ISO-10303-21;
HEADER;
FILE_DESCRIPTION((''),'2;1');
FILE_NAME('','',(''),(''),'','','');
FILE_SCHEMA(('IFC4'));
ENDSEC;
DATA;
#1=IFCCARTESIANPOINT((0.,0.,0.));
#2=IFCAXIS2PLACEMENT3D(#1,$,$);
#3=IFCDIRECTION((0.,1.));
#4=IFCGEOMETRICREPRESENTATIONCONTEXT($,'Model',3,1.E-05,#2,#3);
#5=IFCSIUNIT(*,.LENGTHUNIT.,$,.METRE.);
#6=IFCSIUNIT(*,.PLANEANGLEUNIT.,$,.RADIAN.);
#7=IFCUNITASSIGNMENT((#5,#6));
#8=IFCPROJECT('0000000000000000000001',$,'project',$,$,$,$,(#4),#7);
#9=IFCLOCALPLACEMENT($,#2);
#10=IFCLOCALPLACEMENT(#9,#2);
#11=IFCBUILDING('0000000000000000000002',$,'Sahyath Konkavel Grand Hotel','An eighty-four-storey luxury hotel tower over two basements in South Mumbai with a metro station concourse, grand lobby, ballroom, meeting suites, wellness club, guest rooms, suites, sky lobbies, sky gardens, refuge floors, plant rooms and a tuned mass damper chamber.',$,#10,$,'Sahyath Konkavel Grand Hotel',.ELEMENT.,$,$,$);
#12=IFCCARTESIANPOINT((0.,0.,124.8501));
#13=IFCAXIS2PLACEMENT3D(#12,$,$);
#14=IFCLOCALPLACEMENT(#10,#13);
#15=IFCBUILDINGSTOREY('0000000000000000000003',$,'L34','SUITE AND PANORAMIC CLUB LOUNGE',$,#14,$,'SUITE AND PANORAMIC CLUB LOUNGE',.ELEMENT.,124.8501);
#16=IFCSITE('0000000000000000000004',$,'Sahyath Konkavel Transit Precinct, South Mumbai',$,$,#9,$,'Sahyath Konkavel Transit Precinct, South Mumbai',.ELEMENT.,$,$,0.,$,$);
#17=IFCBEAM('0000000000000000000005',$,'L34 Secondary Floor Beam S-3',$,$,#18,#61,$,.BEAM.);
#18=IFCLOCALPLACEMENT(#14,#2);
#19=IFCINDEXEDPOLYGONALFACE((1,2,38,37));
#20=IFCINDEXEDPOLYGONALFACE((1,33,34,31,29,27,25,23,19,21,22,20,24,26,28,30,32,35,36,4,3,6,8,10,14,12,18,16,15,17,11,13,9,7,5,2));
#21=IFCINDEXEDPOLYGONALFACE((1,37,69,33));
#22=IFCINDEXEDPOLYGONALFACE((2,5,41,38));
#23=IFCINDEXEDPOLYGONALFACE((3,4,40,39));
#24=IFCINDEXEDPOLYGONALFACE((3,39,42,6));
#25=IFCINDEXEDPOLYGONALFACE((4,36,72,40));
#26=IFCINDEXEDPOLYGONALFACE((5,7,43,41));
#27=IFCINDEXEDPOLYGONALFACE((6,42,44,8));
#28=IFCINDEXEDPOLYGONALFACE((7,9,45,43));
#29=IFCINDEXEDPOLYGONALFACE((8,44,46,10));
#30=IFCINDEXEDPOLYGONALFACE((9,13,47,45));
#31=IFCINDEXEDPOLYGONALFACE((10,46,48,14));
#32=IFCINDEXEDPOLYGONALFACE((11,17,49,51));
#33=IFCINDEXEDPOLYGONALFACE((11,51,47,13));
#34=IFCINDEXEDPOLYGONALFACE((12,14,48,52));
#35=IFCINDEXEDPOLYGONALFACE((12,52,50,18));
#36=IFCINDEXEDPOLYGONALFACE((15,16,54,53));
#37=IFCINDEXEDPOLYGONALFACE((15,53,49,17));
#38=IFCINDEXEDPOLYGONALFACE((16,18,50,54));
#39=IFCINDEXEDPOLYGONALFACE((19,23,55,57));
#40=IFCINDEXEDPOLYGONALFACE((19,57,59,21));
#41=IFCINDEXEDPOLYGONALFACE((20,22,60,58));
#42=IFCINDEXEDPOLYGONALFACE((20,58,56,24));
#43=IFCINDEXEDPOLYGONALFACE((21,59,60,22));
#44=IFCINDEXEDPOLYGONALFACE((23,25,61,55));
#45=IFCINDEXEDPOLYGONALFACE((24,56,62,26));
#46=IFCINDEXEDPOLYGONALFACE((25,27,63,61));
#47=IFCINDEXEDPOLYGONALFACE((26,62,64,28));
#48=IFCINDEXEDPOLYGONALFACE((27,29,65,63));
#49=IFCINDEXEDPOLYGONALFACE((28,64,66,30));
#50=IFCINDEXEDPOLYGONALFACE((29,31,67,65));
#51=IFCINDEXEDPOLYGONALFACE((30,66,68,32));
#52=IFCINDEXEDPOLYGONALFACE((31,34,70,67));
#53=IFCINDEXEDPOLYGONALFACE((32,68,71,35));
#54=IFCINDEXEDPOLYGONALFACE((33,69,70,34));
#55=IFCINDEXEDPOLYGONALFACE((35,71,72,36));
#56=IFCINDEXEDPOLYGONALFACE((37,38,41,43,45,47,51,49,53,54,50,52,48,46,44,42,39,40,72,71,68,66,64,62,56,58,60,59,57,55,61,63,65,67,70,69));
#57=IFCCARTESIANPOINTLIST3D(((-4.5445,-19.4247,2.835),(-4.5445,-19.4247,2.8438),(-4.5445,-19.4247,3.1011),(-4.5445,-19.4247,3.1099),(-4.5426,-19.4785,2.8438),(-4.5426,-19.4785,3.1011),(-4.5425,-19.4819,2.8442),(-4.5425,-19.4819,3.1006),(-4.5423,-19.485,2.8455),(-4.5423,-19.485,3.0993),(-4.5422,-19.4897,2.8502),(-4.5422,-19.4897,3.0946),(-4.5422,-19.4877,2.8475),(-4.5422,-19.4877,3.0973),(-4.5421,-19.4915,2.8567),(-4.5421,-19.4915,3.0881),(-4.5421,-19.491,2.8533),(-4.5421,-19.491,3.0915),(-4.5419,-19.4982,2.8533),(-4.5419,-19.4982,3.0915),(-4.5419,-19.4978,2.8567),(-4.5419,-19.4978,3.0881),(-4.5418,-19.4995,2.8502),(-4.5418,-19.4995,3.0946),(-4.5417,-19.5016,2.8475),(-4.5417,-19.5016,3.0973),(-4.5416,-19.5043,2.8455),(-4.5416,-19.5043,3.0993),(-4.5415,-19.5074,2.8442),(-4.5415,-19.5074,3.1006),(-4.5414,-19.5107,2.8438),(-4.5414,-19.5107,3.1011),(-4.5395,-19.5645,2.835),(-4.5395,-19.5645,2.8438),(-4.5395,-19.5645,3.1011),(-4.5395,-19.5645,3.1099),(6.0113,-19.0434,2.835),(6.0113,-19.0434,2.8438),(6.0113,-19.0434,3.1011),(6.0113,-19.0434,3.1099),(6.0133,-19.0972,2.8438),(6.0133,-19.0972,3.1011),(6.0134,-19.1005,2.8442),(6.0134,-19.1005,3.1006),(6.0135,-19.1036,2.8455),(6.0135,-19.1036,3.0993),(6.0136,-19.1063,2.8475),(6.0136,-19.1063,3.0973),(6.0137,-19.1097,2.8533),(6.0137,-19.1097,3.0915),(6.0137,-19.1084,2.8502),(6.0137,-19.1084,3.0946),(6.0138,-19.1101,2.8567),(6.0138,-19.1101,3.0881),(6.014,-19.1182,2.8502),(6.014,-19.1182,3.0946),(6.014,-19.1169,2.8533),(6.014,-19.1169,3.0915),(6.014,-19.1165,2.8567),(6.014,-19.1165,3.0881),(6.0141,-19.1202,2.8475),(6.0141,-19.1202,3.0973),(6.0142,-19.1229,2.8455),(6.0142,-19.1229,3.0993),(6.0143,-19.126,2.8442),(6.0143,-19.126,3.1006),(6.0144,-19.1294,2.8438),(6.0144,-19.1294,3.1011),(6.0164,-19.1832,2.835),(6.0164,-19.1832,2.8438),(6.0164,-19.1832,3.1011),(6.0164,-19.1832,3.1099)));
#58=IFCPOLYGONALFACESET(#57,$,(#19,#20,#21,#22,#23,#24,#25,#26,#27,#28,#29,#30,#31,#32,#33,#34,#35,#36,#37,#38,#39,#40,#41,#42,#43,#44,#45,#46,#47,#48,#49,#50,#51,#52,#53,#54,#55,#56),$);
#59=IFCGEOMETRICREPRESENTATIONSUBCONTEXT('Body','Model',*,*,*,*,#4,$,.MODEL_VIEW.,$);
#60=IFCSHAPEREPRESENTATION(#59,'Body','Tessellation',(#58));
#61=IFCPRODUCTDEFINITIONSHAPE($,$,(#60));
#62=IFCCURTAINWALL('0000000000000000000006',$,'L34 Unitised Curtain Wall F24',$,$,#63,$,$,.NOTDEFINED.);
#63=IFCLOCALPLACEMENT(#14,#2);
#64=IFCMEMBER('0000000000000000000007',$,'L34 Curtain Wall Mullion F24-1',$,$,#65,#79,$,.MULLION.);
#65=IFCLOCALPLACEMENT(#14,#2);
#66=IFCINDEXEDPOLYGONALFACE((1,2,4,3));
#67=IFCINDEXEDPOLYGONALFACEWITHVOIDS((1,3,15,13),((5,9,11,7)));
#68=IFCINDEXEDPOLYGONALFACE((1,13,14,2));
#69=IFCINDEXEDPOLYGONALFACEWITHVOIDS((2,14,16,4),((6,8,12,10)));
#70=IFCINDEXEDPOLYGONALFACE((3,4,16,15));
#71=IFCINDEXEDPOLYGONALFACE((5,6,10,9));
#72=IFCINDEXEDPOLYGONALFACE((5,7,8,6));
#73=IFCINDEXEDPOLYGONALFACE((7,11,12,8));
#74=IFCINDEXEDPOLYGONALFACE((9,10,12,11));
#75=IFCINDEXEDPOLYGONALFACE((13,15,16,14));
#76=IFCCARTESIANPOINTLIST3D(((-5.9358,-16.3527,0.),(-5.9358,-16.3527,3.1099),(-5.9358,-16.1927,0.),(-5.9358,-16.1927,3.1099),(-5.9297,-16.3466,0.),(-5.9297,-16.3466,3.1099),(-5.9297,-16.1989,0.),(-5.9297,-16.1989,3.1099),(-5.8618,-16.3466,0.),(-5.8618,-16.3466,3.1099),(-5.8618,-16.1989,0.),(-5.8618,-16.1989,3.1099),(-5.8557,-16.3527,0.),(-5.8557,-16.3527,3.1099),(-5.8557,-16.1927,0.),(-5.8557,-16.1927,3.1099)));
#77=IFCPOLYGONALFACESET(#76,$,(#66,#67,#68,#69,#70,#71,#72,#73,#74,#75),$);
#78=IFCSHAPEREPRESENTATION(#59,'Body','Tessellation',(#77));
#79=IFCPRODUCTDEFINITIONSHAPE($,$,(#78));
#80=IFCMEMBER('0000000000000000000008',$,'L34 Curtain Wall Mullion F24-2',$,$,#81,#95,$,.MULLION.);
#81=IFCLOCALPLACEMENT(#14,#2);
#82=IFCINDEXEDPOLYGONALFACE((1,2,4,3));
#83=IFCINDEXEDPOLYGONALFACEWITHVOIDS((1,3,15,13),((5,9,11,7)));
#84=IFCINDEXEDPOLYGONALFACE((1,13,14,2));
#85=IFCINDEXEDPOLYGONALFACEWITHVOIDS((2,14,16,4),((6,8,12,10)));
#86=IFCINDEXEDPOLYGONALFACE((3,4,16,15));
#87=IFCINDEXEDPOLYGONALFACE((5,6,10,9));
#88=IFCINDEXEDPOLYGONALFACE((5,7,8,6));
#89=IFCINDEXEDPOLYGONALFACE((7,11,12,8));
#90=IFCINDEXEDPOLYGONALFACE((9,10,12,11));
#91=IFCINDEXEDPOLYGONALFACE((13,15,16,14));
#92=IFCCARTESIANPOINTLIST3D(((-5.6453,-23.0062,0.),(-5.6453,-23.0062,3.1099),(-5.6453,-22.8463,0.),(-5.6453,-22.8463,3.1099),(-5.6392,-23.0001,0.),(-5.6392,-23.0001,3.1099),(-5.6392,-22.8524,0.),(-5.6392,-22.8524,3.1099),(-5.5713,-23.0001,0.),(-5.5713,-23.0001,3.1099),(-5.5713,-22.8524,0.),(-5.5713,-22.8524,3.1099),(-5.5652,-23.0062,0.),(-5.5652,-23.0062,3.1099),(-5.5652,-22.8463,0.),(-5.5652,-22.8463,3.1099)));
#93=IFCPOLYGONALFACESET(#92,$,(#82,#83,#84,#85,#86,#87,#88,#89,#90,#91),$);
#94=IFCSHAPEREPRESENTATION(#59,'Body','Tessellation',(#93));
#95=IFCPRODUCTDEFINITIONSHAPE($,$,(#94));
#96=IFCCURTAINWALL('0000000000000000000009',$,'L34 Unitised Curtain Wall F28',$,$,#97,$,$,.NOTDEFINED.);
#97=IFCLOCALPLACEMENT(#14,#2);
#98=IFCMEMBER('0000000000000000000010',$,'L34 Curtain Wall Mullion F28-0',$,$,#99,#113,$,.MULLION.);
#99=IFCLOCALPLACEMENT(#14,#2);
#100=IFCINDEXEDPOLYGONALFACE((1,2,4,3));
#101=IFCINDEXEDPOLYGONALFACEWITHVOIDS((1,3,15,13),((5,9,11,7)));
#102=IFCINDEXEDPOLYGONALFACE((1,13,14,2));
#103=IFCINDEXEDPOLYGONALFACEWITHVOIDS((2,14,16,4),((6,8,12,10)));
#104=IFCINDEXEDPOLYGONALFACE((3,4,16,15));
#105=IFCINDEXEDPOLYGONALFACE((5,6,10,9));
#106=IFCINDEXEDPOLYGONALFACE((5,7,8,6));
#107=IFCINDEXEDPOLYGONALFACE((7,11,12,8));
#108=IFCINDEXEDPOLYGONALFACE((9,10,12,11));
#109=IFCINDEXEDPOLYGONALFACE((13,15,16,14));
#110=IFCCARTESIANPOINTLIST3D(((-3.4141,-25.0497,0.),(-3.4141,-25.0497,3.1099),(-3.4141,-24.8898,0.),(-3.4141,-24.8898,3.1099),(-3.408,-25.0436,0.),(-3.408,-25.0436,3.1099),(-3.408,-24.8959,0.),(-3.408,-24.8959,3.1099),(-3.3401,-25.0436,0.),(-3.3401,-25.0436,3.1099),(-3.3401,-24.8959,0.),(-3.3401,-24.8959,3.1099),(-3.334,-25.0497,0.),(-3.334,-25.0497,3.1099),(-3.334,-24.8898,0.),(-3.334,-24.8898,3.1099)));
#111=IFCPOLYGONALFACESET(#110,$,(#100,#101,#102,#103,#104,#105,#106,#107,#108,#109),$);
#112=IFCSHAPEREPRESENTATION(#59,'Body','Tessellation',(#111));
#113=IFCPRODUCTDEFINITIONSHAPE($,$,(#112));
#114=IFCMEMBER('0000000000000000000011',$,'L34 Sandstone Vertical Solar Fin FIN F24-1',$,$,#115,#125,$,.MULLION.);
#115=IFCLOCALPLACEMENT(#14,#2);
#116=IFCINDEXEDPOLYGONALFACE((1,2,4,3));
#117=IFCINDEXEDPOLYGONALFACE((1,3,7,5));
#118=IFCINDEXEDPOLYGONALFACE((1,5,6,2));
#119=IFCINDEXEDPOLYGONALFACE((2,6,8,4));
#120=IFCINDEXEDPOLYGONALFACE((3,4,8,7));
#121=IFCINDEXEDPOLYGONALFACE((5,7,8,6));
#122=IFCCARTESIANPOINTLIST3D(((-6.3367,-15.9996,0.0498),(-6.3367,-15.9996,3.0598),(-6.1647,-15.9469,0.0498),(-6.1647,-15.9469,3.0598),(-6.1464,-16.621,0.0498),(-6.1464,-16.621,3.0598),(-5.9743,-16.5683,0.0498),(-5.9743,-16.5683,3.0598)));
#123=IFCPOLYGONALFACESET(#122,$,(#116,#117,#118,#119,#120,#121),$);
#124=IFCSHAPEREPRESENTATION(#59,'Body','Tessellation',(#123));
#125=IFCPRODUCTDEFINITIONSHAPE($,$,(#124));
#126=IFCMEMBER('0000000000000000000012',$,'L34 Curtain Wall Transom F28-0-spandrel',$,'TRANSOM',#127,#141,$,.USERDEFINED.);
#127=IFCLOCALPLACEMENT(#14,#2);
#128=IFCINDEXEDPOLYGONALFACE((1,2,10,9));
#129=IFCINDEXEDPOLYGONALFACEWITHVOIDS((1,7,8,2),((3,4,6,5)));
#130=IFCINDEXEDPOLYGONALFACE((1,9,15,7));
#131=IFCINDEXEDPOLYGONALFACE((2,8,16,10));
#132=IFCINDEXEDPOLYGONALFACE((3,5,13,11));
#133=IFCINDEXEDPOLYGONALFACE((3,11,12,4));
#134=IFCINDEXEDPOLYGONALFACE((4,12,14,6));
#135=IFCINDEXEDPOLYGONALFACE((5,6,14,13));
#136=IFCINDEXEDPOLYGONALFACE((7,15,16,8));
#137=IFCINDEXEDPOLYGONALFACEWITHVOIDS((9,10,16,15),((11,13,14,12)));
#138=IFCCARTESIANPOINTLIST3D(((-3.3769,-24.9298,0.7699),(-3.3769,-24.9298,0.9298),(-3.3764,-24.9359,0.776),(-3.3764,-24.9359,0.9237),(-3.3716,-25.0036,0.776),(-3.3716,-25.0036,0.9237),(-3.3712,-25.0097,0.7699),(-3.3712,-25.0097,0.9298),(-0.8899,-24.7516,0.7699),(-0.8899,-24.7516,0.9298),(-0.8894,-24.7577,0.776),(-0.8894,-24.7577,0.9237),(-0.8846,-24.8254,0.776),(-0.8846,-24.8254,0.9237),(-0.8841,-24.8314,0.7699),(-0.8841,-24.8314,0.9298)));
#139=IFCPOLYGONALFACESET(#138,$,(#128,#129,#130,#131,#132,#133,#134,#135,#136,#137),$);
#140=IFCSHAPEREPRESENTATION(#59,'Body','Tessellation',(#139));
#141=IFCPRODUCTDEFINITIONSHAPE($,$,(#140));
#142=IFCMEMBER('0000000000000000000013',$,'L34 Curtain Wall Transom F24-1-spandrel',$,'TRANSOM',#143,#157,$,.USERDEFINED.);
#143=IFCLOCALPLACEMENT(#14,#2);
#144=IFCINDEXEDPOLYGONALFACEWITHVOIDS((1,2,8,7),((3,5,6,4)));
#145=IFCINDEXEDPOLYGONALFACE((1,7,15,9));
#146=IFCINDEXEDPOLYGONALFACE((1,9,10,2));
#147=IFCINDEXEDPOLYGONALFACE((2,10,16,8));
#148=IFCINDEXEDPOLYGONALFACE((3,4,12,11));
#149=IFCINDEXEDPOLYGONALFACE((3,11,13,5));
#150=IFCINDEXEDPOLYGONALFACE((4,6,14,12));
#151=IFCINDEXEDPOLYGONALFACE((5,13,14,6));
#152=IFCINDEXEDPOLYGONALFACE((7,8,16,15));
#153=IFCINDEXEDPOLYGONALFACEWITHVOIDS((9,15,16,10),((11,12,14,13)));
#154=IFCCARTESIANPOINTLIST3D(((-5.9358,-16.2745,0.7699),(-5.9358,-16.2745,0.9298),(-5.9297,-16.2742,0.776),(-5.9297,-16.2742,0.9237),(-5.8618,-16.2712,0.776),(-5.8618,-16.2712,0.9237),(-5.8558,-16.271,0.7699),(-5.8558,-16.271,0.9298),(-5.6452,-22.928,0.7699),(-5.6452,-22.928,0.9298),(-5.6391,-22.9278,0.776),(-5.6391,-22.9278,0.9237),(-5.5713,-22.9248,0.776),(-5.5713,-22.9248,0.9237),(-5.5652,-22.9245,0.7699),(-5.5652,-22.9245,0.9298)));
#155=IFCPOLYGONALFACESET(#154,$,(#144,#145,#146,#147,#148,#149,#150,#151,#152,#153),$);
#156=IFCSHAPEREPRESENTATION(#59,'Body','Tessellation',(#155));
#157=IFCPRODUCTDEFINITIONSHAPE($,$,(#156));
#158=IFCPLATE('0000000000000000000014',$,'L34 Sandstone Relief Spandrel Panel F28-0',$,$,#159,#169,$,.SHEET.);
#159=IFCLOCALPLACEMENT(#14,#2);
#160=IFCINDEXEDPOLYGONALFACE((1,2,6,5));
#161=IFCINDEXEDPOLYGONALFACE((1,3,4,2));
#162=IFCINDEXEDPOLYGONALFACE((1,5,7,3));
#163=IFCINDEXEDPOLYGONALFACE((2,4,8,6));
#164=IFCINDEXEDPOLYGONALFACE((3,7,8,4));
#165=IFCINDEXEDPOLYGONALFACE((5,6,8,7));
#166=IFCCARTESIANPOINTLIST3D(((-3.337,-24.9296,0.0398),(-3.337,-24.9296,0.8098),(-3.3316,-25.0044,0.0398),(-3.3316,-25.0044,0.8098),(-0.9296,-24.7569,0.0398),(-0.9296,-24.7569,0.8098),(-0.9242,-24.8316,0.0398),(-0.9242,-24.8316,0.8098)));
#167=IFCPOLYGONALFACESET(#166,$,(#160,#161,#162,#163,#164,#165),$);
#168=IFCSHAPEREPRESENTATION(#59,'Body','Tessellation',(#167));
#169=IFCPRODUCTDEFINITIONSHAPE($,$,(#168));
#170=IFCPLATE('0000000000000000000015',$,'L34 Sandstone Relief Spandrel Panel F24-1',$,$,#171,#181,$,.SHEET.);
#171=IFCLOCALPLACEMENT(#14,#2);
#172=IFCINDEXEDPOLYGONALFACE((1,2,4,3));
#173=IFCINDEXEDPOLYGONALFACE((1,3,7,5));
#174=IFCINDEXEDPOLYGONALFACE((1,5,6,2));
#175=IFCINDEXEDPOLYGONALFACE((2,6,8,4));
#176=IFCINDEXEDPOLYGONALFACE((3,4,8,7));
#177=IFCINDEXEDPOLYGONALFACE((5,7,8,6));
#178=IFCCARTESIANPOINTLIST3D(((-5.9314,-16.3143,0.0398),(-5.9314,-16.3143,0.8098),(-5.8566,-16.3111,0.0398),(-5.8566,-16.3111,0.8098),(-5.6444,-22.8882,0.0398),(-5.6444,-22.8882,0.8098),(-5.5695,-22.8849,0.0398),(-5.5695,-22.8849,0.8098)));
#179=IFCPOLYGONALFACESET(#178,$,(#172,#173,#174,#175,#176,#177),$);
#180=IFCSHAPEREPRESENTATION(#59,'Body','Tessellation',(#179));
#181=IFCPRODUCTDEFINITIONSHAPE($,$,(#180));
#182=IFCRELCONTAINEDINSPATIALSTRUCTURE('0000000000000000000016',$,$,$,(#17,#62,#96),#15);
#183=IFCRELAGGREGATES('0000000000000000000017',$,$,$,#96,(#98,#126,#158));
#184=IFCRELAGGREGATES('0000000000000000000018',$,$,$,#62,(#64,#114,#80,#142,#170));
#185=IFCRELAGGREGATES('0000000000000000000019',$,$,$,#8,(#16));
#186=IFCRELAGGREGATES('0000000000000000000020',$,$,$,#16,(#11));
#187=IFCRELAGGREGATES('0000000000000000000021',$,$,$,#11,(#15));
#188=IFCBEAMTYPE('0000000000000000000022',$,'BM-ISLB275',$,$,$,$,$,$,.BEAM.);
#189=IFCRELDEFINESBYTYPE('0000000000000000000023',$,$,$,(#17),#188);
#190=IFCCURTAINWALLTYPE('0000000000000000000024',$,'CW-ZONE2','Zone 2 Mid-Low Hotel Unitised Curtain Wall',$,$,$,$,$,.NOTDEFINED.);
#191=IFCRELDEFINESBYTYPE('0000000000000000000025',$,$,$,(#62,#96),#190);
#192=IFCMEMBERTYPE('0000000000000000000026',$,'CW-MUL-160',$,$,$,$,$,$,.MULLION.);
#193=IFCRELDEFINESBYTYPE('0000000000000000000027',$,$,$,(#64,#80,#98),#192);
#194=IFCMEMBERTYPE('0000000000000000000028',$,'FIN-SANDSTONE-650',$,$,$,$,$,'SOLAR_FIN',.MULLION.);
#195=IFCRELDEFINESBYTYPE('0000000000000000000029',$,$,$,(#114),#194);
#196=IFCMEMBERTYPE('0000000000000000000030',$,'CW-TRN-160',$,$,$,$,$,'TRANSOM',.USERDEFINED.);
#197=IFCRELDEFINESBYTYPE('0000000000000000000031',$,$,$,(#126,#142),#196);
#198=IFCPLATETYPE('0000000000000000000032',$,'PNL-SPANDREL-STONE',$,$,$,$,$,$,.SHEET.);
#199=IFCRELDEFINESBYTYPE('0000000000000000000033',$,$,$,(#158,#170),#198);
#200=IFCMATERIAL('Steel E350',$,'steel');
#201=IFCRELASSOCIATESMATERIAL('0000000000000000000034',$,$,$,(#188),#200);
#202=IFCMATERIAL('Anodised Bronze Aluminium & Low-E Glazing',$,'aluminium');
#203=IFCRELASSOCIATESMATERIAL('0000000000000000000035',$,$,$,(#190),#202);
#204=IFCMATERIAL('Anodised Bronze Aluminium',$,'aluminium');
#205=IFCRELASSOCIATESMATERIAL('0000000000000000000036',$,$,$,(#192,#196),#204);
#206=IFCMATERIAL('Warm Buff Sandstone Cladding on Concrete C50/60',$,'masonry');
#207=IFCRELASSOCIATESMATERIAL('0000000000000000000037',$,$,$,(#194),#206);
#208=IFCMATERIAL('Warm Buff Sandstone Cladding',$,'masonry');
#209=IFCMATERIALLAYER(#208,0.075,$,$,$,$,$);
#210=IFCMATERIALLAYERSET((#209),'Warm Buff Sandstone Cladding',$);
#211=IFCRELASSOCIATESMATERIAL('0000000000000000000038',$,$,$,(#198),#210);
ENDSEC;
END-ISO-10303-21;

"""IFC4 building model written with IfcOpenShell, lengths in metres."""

from ifc_helpers import new_model, si_unit, direction, frame, origin, origin_2d, place, context, subcontext, project, spatial, rectangle, hollow_rectangle, i_section, extrude, source, transform, mapped, material, layer, layer_set, material_profile, profile_set, type_object, element, aggregate, save


model = new_model("IFC4")

# Units and contexts
model_context = context("Model", 3, precision=1e-05, world=origin(), true_north=direction((0.0, 1.0)))
body_context = subcontext(model_context, "Body", "Model", "MODEL_VIEW")
ifc_project = project(units=[si_unit("LENGTHUNIT", "METRE"), si_unit("PLANEANGLEUNIT", "RADIAN")], contexts=[model_context])

# Site, building, storey
site_placement = place(None, origin())
site = spatial("IfcSite", under=ifc_project, at=site_placement, Name="Sahyath Konkavel Transit Precinct, South Mumbai", LongName="Sahyath Konkavel Transit Precinct, South Mumbai", CompositionType="ELEMENT", RefElevation=0.0)
building_placement = place(site_placement, origin())
building = spatial("IfcBuilding", under=site, at=building_placement, Name="Sahyath Konkavel Grand Hotel", Description="An eighty-four-storey luxury hotel tower over two basements in South Mumbai with a metro station concourse, grand lobby, ballroom, meeting suites, wellness club, guest rooms, suites, sky lobbies, sky gardens, refuge floors, plant rooms and a tuned mass damper chamber.", LongName="Sahyath Konkavel Grand Hotel", CompositionType="ELEMENT")
storey_placement = place(building_placement, frame((0.0, 0.0, 124.8501)))
storey = spatial("IfcBuildingStorey", under=building, at=storey_placement, Name="L34", Description="SUITE AND PANORAMIC CLUB LOUNGE", LongName="SUITE AND PANORAMIC CLUB LOUNGE", CompositionType="ELEMENT", Elevation=124.8501)

# Beam
ifc_material_1 = material(Name="Steel E350", Category="steel")
ifc_material_profile_1 = material_profile(ifc_material_1, i_section(OverallWidth=0.1399, OverallDepth=0.2749, WebThickness=0.0063, FlangeThickness=0.0088, FilletRadius=0.0129, at=origin_2d()), Name="ISLB 275")
ifc_profile_set_1 = profile_set([ifc_material_profile_1], Name="Steel E350")
beam_type_1 = type_object("IfcBeamType", Name="BM-ISLB275", PredefinedType="BEAM", material=ifc_profile_set_1)
shared_shape_1 = source(origin(), body_context, "Body", "SweptSolid", [
    extrude(i_section(OverallWidth=0.1399, OverallDepth=0.2749, WebThickness=0.0063, FlangeThickness=0.0088, FilletRadius=0.0129, at=origin_2d()), origin(), (0.0, 0.0, 1.0), 10.5627),
])
beam_1_placement = place(storey_placement, frame((-4.542, -19.4946, 2.9724), z_axis=(0.999348, 0.036103, 0.0), x_axis=(-0.036103, 0.999348, 0.0)))
element("IfcBeam", 1, at=beam_1_placement, inside=storey, type_object=beam_type_1, Name="L34 Secondary Floor Beam S-3", PredefinedType="BEAM", context=body_context, shape_type="MappedRepresentation", body=[
    mapped(shared_shape_1, transform((0.0, 0.0, 0.0), scale=1.0)),
])

# Curtain wall, members
ifc_material_2 = material(Name="Anodised Bronze Aluminium & Low-E Glazing", Category="aluminium")
curtain_wall_type = type_object("IfcCurtainWallType", Name="CW-ZONE2", Description="Zone 2 Mid-Low Hotel Unitised Curtain Wall", PredefinedType="NOTDEFINED", material=ifc_material_2)
curtain_wall_1_placement = place(storey_placement, origin())
curtain_wall_1 = element("IfcCurtainWall", 2, at=curtain_wall_1_placement, inside=storey, type_object=curtain_wall_type, Name="L34 Unitised Curtain Wall F24", PredefinedType="NOTDEFINED")
ifc_material_3 = material(Name="Anodised Bronze Aluminium", Category="aluminium")
ifc_material_profile_2 = material_profile(ifc_material_3, hollow_rectangle(XDim=0.0801, YDim=0.1599, WallThickness=0.0061, at=origin_2d()), Name="RHS 160x80x6")
ifc_profile_set_2 = profile_set([ifc_material_profile_2], Name="Anodised Bronze Aluminium")
member_type_1 = type_object("IfcMemberType", Name="CW-MUL-160", PredefinedType="MULLION", material=ifc_profile_set_2)
shared_shape_2 = source(origin(), body_context, "Body", "SweptSolid", [
    extrude(hollow_rectangle(XDim=0.0801, YDim=0.1599, WallThickness=0.0061, at=origin_2d()), origin(), (0.0, 0.0, 1.0), 3.1099),
])
member_1_placement = place(storey_placement, frame((-5.8958, -16.2727, 0.0), z_axis=(0.0, 0.0, 1.0), x_axis=(1.0, 0.0, 0.0)))
member_1 = element("IfcMember", 3, at=member_1_placement, type_object=member_type_1, Name="L34 Curtain Wall Mullion F24-1", PredefinedType="MULLION", context=body_context, shape_type="MappedRepresentation", body=[
    mapped(shared_shape_2, transform((0.0, 0.0, 0.0), scale=1.0)),
])
member_2_placement = place(storey_placement, frame((-5.6052, -22.9263, 0.0), z_axis=(0.0, 0.0, 1.0), x_axis=(1.0, 0.0, 0.0)))
member_2 = element("IfcMember", 4, at=member_2_placement, type_object=member_type_1, Name="L34 Curtain Wall Mullion F24-2", PredefinedType="MULLION", context=body_context, shape_type="MappedRepresentation", body=[
    mapped(shared_shape_2, transform((0.0, 0.0, 0.0), scale=1.0)),
])

# Curtain wall, member
curtain_wall_2_placement = place(storey_placement, origin())
curtain_wall_2 = element("IfcCurtainWall", 5, at=curtain_wall_2_placement, inside=storey, type_object=curtain_wall_type, Name="L34 Unitised Curtain Wall F28", PredefinedType="NOTDEFINED")
member_3_placement = place(storey_placement, frame((-3.374, -24.9697, 0.0), z_axis=(0.0, 0.0, 1.0), x_axis=(1.0, 0.0, 0.0)))
member_3 = element("IfcMember", 6, at=member_3_placement, type_object=member_type_1, Name="L34 Curtain Wall Mullion F28-0", PredefinedType="MULLION", context=body_context, shape_type="MappedRepresentation", body=[
    mapped(shared_shape_2, transform((0.0, 0.0, 0.0), scale=1.0)),
])

# Members
ifc_material_4 = material(Name="Warm Buff Sandstone Cladding on Concrete C50/60", Category="masonry")
ifc_material_profile_3 = material_profile(ifc_material_4, rectangle(XDim=0.1799, YDim=0.6499, at=origin_2d()), Name="FIN 180x650")
ifc_profile_set_3 = profile_set([ifc_material_profile_3], Name="Warm Buff Sandstone Cladding on Concrete C50/60")
member_type_2 = type_object("IfcMemberType", Name="FIN-SANDSTONE-650", ElementType="SOLAR_FIN", PredefinedType="MULLION", material=ifc_profile_set_3)
shared_shape_3 = source(origin(), body_context, "Body", "SweptSolid", [
    extrude(rectangle(XDim=0.1799, YDim=0.6499, at=origin_2d()), origin(), (0.0, 0.0, 1.0), 3.01),
])
member_4_placement = place(storey_placement, frame((-6.1555, -16.2839, 0.0498), z_axis=(0.0, 0.0, 1.0), x_axis=(0.956152, 0.292872, 0.0)))
member_4 = element("IfcMember", 7, at=member_4_placement, type_object=member_type_2, Name="L34 Sandstone Vertical Solar Fin FIN F24-1", PredefinedType="MULLION", context=body_context, shape_type="MappedRepresentation", body=[
    mapped(shared_shape_3, transform((0.0, 0.0, 0.0), scale=1.0)),
])
ifc_material_profile_4 = material_profile(ifc_material_3, hollow_rectangle(XDim=0.0801, YDim=0.1599, WallThickness=0.0061, at=origin_2d()), Name="RHS 160x80x6")
ifc_profile_set_4 = profile_set([ifc_material_profile_4], Name="Anodised Bronze Aluminium")
member_type_3 = type_object("IfcMemberType", Name="CW-TRN-160", ElementType="TRANSOM", PredefinedType="USERDEFINED", material=ifc_profile_set_4)
shared_shape_4 = source(origin(), body_context, "Body", "SweptSolid", [
    extrude(hollow_rectangle(XDim=0.0801, YDim=0.1599, WallThickness=0.0061, at=origin_2d()), origin(), (0.0, 0.0, 1.0), 2.4934),
])
member_5_placement = place(storey_placement, frame((-3.374, -24.9697, 0.8499), z_axis=(0.997442, 0.071477, 0.0), x_axis=(-0.071477, 0.997442, 0.0)))
member_5 = element("IfcMember", 8, at=member_5_placement, type_object=member_type_3, Name="L34 Curtain Wall Transom F28-0-spandrel", ObjectType="TRANSOM", PredefinedType="USERDEFINED", context=body_context, shape_type="MappedRepresentation", body=[
    mapped(shared_shape_4, transform((0.0, 0.0, 0.0), scale=1.0)),
])
shared_shape_5 = source(origin(), body_context, "Body", "SweptSolid", [
    extrude(hollow_rectangle(XDim=0.0801, YDim=0.1599, WallThickness=0.0061, at=origin_2d()), origin(), (0.0, 0.0, 1.0), 6.6599),
])
member_6_placement = place(storey_placement, frame((-5.8958, -16.2727, 0.8499), z_axis=(0.043623, -0.999048, 0.0), x_axis=(0.999048, 0.043623, 0.0)))
member_6 = element("IfcMember", 9, at=member_6_placement, type_object=member_type_3, Name="L34 Curtain Wall Transom F24-1-spandrel", ObjectType="TRANSOM", PredefinedType="USERDEFINED", context=body_context, shape_type="MappedRepresentation", body=[
    mapped(shared_shape_5, transform((0.0, 0.0, 0.0), scale=1.0)),
])

# Plates
ifc_material_5 = material(Name="Warm Buff Sandstone Cladding", Category="masonry")
ifc_layer_1 = layer(ifc_material_5, 0.075)
ifc_layer_set_1 = layer_set([ifc_layer_1], Name="Warm Buff Sandstone Cladding")
plate_type_1 = type_object("IfcPlateType", Name="PNL-SPANDREL-STONE", PredefinedType="SHEET", material=ifc_layer_set_1)
shared_shape_6 = source(origin(), body_context, "Body", "SweptSolid", [
    extrude(rectangle(XDim=2.4136, YDim=0.075, at=origin_2d()), origin(), (0.0, 0.0, 1.0), 0.77),
])
plate_1_placement = place(storey_placement, frame((-2.1306, -24.8806, 0.0398), z_axis=(0.0, 0.0, 1.0), x_axis=(0.997436, 0.071567, 0.0)))
plate_1 = element("IfcPlate", 10, at=plate_1_placement, type_object=plate_type_1, Name="L34 Sandstone Relief Spandrel Panel F28-0", PredefinedType="SHEET", context=body_context, shape_type="MappedRepresentation", body=[
    mapped(shared_shape_6, transform((0.0, 0.0, 0.0), scale=1.0)),
])
shared_shape_7 = source(origin(), body_context, "Body", "SweptSolid", [
    extrude(rectangle(XDim=6.5801, YDim=0.075, at=origin_2d()), origin(), (0.0, 0.0, 1.0), 0.77),
])
plate_2_placement = place(storey_placement, frame((-5.7505, -19.5996, 0.0398), z_axis=(0.0, 0.0, 1.0), x_axis=(0.043619, -0.999048, 0.0)))
plate_2 = element("IfcPlate", 11, at=plate_2_placement, type_object=plate_type_1, Name="L34 Sandstone Relief Spandrel Panel F24-1", PredefinedType="SHEET", context=body_context, shape_type="MappedRepresentation", body=[
    mapped(shared_shape_7, transform((0.0, 0.0, 0.0), scale=1.0)),
])
aggregate(curtain_wall_2, [member_3, member_5, plate_1])
aggregate(curtain_wall_1, [member_1, member_4, member_2, member_6, plate_2])

save(model, "model.ifc")
